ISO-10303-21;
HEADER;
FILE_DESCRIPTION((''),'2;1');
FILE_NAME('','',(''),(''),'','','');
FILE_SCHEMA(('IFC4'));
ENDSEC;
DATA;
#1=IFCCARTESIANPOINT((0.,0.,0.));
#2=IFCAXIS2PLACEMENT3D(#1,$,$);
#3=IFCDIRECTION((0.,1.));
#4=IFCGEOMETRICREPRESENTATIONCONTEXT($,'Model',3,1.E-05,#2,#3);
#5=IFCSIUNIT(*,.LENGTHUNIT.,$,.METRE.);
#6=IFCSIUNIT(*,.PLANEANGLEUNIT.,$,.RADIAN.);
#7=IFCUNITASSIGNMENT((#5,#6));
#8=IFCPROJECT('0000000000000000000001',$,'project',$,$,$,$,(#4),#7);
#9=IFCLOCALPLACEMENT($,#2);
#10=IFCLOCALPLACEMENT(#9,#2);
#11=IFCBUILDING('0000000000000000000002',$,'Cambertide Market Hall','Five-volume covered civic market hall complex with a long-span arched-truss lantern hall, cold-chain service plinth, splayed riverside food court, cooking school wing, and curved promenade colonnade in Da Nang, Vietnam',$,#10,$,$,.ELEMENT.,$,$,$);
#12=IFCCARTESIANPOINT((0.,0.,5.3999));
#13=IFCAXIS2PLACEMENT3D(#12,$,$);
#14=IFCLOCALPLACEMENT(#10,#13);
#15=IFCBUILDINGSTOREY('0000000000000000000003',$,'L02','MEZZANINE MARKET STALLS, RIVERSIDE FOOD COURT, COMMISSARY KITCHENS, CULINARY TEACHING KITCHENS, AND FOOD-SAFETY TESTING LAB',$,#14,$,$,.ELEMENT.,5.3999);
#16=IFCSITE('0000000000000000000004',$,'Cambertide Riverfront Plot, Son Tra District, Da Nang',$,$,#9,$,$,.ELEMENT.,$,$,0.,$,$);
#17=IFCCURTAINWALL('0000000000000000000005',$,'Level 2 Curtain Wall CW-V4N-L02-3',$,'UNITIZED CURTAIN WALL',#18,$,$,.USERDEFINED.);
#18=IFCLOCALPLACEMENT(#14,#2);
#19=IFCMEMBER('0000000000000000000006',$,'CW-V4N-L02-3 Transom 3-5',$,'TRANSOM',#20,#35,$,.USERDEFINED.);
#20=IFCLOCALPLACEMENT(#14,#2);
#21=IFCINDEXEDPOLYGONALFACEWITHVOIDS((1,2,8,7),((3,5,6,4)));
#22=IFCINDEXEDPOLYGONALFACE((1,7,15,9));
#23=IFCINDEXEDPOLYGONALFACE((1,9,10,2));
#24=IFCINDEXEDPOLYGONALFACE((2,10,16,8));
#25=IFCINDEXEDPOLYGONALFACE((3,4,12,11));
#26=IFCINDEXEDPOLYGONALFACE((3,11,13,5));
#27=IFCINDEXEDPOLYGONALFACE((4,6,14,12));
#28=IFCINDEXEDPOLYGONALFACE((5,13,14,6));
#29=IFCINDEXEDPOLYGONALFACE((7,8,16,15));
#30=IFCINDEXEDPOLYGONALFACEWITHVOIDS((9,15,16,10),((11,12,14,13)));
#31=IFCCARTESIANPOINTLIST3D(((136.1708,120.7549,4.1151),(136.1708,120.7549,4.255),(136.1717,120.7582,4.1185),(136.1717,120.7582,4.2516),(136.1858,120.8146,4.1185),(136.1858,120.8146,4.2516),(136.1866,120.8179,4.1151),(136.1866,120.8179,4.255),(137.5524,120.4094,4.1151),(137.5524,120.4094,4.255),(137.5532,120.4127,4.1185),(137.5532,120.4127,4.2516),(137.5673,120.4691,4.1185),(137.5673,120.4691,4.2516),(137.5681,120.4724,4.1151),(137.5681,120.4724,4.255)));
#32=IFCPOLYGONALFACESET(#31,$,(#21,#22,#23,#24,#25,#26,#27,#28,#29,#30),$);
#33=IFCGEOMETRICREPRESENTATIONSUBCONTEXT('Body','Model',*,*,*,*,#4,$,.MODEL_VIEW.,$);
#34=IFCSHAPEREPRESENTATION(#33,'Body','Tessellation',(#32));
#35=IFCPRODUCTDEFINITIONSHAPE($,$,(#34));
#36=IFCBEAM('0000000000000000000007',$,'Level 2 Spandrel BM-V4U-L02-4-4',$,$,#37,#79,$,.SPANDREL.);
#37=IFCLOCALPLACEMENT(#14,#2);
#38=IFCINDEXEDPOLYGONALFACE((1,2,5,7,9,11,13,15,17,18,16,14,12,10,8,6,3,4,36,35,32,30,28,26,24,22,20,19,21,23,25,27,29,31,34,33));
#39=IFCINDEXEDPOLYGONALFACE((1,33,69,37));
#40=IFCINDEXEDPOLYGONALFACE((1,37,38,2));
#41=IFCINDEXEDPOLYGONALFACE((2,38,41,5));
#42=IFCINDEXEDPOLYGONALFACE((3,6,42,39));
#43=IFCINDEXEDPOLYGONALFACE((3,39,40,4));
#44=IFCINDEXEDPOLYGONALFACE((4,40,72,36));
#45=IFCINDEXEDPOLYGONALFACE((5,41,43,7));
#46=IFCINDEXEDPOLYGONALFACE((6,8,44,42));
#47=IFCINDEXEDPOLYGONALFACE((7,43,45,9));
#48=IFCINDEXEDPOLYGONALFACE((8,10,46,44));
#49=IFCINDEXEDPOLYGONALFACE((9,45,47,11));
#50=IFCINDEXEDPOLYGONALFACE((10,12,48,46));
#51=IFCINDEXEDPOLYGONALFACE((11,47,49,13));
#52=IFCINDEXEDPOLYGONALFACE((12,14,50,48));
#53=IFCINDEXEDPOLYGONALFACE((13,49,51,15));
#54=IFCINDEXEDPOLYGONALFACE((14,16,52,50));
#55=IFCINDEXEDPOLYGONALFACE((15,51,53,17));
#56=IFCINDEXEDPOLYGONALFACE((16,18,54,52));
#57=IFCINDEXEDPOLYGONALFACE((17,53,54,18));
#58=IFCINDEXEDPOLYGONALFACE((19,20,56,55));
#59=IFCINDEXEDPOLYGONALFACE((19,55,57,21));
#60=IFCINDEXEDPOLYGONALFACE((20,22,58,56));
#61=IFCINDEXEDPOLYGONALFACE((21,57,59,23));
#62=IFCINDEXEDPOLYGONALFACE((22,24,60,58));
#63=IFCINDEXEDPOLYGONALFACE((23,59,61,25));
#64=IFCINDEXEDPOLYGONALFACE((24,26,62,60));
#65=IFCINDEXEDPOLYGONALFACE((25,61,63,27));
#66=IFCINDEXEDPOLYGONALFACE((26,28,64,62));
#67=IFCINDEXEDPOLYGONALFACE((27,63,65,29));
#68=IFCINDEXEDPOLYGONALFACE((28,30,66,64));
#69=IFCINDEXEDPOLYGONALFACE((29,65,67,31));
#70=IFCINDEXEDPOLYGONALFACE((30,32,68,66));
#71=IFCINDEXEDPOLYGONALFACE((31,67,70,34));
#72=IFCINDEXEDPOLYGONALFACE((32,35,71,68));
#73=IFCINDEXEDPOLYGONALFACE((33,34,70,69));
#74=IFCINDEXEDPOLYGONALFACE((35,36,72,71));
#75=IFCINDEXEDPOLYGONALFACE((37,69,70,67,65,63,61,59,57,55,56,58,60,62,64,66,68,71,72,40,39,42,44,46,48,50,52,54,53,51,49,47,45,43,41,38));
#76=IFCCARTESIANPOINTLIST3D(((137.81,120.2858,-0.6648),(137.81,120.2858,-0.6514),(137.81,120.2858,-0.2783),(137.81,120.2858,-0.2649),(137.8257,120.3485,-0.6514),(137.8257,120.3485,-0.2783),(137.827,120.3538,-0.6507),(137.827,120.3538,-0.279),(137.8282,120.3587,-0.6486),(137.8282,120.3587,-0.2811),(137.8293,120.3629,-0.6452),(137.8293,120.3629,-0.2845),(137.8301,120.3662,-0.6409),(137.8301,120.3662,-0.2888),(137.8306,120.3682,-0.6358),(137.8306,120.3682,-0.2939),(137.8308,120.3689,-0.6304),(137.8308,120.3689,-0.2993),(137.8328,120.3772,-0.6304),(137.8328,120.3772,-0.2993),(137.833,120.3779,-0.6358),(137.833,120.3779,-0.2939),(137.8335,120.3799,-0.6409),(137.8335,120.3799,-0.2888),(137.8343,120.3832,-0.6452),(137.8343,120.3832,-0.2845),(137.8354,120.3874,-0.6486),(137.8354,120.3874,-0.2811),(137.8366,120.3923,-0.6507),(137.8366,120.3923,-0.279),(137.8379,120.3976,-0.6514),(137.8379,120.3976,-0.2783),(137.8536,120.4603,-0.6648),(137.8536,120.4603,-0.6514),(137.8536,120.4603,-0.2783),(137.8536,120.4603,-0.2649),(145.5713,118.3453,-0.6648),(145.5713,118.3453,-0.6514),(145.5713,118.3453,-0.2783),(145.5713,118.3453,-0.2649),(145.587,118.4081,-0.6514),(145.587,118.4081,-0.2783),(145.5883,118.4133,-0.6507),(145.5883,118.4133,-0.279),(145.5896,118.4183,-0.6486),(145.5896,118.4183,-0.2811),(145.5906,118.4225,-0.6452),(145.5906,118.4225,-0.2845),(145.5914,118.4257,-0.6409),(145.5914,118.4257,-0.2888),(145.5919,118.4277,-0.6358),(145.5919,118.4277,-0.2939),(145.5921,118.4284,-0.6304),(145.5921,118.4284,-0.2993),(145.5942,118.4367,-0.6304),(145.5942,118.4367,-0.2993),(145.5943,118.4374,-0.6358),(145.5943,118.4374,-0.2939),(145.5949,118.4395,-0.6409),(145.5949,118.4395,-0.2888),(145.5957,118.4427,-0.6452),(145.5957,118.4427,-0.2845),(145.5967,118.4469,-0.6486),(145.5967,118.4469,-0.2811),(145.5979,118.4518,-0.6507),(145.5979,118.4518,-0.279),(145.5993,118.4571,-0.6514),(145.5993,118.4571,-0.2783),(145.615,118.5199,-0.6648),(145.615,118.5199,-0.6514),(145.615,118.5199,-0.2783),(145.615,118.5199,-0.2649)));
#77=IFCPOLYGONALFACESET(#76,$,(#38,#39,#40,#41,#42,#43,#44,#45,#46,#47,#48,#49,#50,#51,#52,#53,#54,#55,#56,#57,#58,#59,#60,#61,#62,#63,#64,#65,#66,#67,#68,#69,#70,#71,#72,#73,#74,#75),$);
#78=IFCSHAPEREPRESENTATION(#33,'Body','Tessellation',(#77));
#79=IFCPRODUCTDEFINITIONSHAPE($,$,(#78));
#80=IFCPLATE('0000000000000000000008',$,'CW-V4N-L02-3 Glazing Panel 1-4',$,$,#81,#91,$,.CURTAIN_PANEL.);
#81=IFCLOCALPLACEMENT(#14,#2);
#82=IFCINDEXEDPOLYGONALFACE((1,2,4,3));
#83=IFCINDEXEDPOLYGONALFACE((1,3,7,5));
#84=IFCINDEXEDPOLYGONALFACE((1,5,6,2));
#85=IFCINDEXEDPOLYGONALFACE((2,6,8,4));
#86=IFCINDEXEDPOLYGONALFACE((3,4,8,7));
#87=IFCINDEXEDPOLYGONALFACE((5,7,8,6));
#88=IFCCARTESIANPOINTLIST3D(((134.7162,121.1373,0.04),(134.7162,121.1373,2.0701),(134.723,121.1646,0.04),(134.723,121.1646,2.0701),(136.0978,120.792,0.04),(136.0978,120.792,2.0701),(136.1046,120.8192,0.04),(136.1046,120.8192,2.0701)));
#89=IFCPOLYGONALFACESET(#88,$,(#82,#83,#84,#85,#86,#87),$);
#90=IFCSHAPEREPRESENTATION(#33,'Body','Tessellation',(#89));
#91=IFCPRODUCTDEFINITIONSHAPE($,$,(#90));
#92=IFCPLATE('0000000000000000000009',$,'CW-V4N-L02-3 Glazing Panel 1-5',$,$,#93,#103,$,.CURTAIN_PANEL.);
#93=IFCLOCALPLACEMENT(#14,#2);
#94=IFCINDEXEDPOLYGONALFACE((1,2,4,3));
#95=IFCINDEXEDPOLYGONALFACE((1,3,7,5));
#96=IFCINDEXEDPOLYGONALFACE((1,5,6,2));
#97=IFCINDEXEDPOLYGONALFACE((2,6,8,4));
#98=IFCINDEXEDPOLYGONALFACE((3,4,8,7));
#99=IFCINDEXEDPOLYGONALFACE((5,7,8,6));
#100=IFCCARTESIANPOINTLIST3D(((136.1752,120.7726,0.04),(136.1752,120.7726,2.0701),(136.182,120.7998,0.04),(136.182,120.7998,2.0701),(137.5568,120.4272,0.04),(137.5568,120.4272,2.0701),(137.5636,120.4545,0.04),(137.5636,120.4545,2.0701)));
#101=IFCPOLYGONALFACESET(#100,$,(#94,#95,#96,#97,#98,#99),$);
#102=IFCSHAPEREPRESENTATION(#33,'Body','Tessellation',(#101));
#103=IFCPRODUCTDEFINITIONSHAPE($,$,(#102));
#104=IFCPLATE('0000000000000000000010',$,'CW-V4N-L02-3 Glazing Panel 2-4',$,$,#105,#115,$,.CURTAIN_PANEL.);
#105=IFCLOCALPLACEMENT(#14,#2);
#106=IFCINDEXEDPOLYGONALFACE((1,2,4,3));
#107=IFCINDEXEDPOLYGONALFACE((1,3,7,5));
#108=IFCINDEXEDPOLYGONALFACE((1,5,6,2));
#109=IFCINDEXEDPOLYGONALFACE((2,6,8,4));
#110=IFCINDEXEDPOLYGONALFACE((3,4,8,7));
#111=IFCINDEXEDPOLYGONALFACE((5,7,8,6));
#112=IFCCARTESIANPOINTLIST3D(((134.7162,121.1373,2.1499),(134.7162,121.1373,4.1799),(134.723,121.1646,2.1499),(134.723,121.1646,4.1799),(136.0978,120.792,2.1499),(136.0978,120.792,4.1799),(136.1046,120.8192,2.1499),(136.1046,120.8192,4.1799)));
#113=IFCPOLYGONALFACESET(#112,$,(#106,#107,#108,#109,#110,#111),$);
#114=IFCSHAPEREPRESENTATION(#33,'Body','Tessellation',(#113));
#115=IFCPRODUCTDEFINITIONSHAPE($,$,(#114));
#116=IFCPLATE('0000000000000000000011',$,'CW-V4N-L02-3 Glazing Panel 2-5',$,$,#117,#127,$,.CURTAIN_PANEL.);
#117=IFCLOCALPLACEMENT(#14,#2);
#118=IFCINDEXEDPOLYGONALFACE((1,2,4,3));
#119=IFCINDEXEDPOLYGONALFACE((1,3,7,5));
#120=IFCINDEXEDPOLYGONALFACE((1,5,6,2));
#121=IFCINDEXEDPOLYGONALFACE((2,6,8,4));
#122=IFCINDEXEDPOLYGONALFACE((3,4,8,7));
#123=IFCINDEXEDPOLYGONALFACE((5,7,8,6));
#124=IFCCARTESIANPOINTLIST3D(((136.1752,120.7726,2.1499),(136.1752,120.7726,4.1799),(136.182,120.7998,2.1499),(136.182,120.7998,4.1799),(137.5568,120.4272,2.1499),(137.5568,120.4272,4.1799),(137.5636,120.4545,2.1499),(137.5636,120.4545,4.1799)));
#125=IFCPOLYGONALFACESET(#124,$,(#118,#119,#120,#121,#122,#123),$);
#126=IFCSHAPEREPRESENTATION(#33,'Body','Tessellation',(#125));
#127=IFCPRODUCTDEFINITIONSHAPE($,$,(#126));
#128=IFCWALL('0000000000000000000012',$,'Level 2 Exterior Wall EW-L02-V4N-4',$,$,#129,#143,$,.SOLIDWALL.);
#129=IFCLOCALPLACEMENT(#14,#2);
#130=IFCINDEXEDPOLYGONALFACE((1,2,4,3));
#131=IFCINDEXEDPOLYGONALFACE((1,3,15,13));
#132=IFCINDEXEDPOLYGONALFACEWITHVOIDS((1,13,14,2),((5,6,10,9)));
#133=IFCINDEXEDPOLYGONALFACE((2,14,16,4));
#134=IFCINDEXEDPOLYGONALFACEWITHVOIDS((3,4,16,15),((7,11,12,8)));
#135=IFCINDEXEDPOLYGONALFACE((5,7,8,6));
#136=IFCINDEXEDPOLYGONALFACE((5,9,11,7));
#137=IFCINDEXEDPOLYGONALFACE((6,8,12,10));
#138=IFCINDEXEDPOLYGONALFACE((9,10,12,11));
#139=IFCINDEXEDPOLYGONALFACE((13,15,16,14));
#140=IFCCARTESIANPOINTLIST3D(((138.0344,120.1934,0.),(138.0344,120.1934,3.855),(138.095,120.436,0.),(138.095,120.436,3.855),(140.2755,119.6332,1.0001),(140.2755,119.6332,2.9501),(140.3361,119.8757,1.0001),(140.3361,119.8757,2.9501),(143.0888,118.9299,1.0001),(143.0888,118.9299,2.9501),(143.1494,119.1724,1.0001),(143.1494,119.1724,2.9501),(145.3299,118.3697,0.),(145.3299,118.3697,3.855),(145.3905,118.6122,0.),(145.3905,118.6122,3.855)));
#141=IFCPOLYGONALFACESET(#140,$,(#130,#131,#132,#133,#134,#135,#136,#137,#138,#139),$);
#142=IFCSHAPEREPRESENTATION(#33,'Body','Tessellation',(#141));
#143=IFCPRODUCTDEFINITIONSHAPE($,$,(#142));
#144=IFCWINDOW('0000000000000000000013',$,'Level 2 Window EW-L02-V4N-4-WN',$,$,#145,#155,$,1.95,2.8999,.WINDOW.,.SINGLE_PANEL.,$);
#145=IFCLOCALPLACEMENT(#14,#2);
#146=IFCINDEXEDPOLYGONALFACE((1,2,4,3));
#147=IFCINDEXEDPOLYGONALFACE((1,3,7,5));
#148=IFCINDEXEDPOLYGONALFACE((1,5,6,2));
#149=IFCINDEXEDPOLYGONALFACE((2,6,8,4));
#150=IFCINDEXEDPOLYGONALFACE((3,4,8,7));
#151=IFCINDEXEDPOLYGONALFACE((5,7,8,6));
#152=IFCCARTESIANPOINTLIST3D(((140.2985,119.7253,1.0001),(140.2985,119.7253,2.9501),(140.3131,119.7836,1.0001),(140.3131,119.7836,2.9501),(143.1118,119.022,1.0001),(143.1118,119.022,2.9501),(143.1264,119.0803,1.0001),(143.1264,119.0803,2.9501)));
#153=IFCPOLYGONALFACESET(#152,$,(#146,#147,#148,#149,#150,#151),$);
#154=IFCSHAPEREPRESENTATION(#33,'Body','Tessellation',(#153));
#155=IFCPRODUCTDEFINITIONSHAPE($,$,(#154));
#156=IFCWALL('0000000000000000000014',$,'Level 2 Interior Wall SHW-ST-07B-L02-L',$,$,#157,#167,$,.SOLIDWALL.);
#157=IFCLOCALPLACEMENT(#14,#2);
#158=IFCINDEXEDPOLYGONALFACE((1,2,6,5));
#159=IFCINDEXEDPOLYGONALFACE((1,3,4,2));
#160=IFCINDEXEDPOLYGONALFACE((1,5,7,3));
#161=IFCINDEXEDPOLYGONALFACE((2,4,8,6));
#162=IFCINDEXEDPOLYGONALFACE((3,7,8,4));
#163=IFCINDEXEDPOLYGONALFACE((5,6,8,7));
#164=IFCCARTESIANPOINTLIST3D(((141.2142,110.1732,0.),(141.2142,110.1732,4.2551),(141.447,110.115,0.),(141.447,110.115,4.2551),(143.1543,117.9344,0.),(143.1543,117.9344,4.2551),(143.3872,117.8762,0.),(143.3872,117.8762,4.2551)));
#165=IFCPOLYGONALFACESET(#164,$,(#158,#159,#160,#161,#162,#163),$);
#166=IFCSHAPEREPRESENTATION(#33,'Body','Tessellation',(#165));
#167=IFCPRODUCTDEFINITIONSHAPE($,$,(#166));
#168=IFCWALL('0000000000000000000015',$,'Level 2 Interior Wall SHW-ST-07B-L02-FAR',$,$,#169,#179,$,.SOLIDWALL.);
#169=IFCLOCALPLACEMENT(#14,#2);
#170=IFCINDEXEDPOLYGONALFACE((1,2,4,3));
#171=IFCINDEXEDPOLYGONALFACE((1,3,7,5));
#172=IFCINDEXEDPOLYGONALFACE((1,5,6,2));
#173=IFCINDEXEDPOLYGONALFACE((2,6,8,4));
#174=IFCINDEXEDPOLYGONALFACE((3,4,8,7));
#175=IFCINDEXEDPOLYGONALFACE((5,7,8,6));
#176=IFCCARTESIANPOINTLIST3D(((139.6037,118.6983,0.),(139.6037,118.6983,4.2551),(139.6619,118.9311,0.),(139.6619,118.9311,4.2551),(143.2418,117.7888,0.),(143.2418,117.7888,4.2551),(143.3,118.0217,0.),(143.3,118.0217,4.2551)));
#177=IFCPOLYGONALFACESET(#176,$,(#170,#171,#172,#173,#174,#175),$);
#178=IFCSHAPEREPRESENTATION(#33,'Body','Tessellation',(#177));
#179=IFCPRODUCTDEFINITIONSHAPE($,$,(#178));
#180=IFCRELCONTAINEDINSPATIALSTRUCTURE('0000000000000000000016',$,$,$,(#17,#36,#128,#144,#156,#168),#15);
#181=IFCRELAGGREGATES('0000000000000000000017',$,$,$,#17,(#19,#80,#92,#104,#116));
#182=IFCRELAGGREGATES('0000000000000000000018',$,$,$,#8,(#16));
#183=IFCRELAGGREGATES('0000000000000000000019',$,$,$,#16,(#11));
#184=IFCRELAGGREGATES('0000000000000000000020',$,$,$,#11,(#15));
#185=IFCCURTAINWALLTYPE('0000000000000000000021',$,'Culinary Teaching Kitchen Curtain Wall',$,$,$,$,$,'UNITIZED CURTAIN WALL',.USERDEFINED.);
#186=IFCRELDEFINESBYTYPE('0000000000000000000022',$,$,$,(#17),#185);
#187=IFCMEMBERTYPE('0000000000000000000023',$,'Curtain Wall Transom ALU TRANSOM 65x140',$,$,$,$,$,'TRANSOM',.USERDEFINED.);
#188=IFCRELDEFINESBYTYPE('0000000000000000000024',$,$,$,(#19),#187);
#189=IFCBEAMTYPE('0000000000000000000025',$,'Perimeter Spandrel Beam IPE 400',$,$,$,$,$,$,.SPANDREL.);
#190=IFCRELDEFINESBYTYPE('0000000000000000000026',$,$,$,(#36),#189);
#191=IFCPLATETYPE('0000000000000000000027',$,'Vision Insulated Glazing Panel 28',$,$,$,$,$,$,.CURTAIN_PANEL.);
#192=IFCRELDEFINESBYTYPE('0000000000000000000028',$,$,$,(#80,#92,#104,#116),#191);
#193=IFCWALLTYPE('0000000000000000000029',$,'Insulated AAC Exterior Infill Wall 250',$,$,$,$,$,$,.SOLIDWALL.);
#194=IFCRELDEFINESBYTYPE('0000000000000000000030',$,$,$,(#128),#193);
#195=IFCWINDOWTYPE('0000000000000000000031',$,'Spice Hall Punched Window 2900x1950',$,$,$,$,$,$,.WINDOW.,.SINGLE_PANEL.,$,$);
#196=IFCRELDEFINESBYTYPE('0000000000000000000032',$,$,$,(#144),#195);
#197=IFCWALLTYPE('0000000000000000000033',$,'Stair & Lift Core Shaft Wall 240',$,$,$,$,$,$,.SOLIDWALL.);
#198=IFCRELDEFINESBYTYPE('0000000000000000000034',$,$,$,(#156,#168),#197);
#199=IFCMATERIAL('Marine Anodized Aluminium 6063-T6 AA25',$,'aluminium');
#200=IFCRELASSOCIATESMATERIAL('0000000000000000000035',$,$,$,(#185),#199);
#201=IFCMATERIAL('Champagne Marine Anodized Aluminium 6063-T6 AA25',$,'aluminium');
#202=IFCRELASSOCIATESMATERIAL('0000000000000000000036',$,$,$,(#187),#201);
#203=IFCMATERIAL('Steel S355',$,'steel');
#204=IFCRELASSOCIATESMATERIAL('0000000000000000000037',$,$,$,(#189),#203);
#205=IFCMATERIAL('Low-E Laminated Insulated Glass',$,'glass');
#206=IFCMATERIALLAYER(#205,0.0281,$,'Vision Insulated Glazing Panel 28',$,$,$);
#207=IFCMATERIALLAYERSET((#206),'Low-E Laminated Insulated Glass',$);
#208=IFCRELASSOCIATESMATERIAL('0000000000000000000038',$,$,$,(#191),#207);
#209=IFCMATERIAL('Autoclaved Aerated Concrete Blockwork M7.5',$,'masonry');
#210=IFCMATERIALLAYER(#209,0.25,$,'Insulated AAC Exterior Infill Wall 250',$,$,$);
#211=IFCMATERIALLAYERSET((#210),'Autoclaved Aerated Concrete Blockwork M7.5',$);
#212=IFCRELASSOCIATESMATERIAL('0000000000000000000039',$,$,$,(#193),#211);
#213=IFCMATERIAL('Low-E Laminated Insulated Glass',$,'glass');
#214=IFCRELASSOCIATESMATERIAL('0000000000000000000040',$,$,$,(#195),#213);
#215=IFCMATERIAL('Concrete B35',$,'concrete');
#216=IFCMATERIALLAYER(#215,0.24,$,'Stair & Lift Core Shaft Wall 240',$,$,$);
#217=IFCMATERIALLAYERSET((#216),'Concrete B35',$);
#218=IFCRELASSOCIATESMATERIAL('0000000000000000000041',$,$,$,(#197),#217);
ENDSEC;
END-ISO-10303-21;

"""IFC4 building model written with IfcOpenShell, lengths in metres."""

from ifc_helpers import new_model, si_unit, direction, frame, frame_2d, origin, origin_2d, place, context, subcontext, project, spatial, rectangle, hollow_rectangle, i_section, extrude, material, layer, layer_set, material_profile, profile_set, type_object, element, fill, aggregate, save


model = new_model("IFC4")

# Units and contexts
model_context = context("Model", 3, precision=1e-05, world=origin(), true_north=direction((0.0, 1.0)))
body_context = subcontext(model_context, "Body", "Model", "MODEL_VIEW")
ifc_project = project(units=[si_unit("LENGTHUNIT", "METRE"), si_unit("PLANEANGLEUNIT", "RADIAN")], contexts=[model_context])

# Site, building, storey
site_placement = place(None, origin())
site = spatial("IfcSite", under=ifc_project, at=site_placement, Name="Cambertide Riverfront Plot, Son Tra District, Da Nang", CompositionType="ELEMENT", RefElevation=0.0)
building_placement = place(site_placement, origin())
building = spatial("IfcBuilding", under=site, at=building_placement, Name="Cambertide Market Hall", Description="Five-volume covered civic market hall complex with a long-span arched-truss lantern hall, cold-chain service plinth, splayed riverside food court, cooking school wing, and curved promenade colonnade in Da Nang, Vietnam", CompositionType="ELEMENT")
storey_placement = place(building_placement, frame((0.0, 0.0, 5.3999)))
storey = spatial("IfcBuildingStorey", under=building, at=storey_placement, Name="L02", Description="MEZZANINE MARKET STALLS, RIVERSIDE FOOD COURT, COMMISSARY KITCHENS, CULINARY TEACHING KITCHENS, AND FOOD-SAFETY TESTING LAB", CompositionType="ELEMENT", Elevation=5.3999)

# Curtain wall, member
ifc_material_1 = material(Name="Marine Anodized Aluminium 6063-T6 AA25", Category="aluminium")
curtain_wall_type = type_object("IfcCurtainWallType", Name="Culinary Teaching Kitchen Curtain Wall", ElementType="UNITIZED CURTAIN WALL", PredefinedType="USERDEFINED", material=ifc_material_1)
curtain_wall_placement = place(storey_placement, origin())
curtain_wall = element("IfcCurtainWall", 1, at=curtain_wall_placement, inside=storey, type_object=curtain_wall_type, Name="Level 2 Curtain Wall CW-V4N-L02-3", ObjectType="UNITIZED CURTAIN WALL", PredefinedType="USERDEFINED")
ifc_material_2 = material(Name="Champagne Marine Anodized Aluminium 6063-T6 AA25", Category="aluminium")
ifc_material_profile_1 = material_profile(ifc_material_2, hollow_rectangle(XDim=0.0649, YDim=0.1399, WallThickness=0.0034, at=origin_2d()), Name="ALU TRANSOM 65x140")
ifc_profile_set_1 = profile_set([ifc_material_profile_1], Name="Champagne Marine Anodized Aluminium 6063-T6 AA25")
member_type_1 = type_object("IfcMemberType", Name="Curtain Wall Transom ALU TRANSOM 65x140", ElementType="TRANSOM", PredefinedType="USERDEFINED", material=ifc_profile_set_1)
member_1_placement = place(storey_placement, frame((136.1787, 120.7864, 4.1851), z_axis=(0.970132, -0.242576, 0.0), x_axis=(0.242576, 0.970132, 0.0)))
member_1 = element("IfcMember", 2, at=member_1_placement, type_object=member_type_1, Name="CW-V4N-L02-3 Transom 3-5", ObjectType="TRANSOM", PredefinedType="USERDEFINED", context=body_context, shape_type="SweptSolid", body=[
    extrude(hollow_rectangle(XDim=0.0649, YDim=0.1399, WallThickness=0.0034, at=origin_2d()), origin(), (0.0, 0.0, 1.0), 1.4241),
])

# Beam
ifc_material_3 = material(Name="Steel S355", Category="steel")
ifc_material_profile_2 = material_profile(ifc_material_3, i_section(OverallWidth=0.1799, OverallDepth=0.3999, WebThickness=0.0085, FlangeThickness=0.0134, FilletRadius=0.021, at=origin_2d()), Name="IPE 400")
ifc_profile_set_2 = profile_set([ifc_material_profile_2], Name="Steel S355")
beam_type = type_object("IfcBeamType", Name="Perimeter Spandrel Beam IPE 400", PredefinedType="SPANDREL", material=ifc_profile_set_2)
beam_placement = place(storey_placement, frame((137.8318, 120.373, -0.4648), z_axis=(0.970139, -0.24255, 0.0), x_axis=(0.24255, 0.970139, 0.0)))
element("IfcBeam", 3, at=beam_placement, inside=storey, type_object=beam_type, Name="Level 2 Spandrel BM-V4U-L02-4-4", PredefinedType="SPANDREL", context=body_context, shape_type="SweptSolid", body=[
    extrude(i_section(OverallWidth=0.1799, OverallDepth=0.3999, WebThickness=0.0085, FlangeThickness=0.0134, FilletRadius=0.021, at=origin_2d()), origin(), (0.0, 0.0, 1.0), 8.0002),
])

# Plates
ifc_material_4 = material(Name="Low-E Laminated Insulated Glass", Category="glass")
ifc_layer_1 = layer(ifc_material_4, 0.0281, Name="Vision Insulated Glazing Panel 28")
ifc_layer_set_1 = layer_set([ifc_layer_1], Name="Low-E Laminated Insulated Glass")
plate_type = type_object("IfcPlateType", Name="Vision Insulated Glazing Panel 28", PredefinedType="CURTAIN_PANEL", material=ifc_layer_set_1)
plate_1_placement = place(storey_placement, frame((135.4104, 120.9783, 0.04), z_axis=(0.0, 0.0, 1.0), x_axis=(0.970143, -0.242536, 0.0)))
plate_1 = element("IfcPlate", 4, at=plate_1_placement, type_object=plate_type, Name="CW-V4N-L02-3 Glazing Panel 1-4", PredefinedType="CURTAIN_PANEL", context=body_context, shape_type="SweptSolid", body=[
    extrude(rectangle(XDim=1.4241, YDim=0.0281, at=origin_2d()), origin(), (0.0, 0.0, 1.0), 2.03),
])
plate_2_placement = place(storey_placement, frame((136.8694, 120.6135, 0.04), z_axis=(0.0, 0.0, 1.0), x_axis=(0.970143, -0.242536, 0.0)))
plate_2 = element("IfcPlate", 5, at=plate_2_placement, type_object=plate_type, Name="CW-V4N-L02-3 Glazing Panel 1-5", PredefinedType="CURTAIN_PANEL", context=body_context, shape_type="SweptSolid", body=[
    extrude(rectangle(XDim=1.4241, YDim=0.0281, at=origin_2d()), origin(), (0.0, 0.0, 1.0), 2.03),
])
plate_3_placement = place(storey_placement, frame((135.4104, 120.9783, 2.1499), z_axis=(0.0, 0.0, 1.0), x_axis=(0.970143, -0.242536, 0.0)))
plate_3 = element("IfcPlate", 6, at=plate_3_placement, type_object=plate_type, Name="CW-V4N-L02-3 Glazing Panel 2-4", PredefinedType="CURTAIN_PANEL", context=body_context, shape_type="SweptSolid", body=[
    extrude(rectangle(XDim=1.4241, YDim=0.0281, at=origin_2d()), origin(), (0.0, 0.0, 1.0), 2.03),
])
plate_4_placement = place(storey_placement, frame((136.8694, 120.6135, 2.1499), z_axis=(0.0, 0.0, 1.0), x_axis=(0.970143, -0.242536, 0.0)))
plate_4 = element("IfcPlate", 7, at=plate_4_placement, type_object=plate_type, Name="CW-V4N-L02-3 Glazing Panel 2-5", PredefinedType="CURTAIN_PANEL", context=body_context, shape_type="SweptSolid", body=[
    extrude(rectangle(XDim=1.4241, YDim=0.0281, at=origin_2d()), origin(), (0.0, 0.0, 1.0), 2.03),
])
aggregate(curtain_wall, [member_1, plate_1, plate_2, plate_3, plate_4])

# Wall, opening, window
ifc_material_5 = material(Name="Autoclaved Aerated Concrete Blockwork M7.5", Category="masonry")
ifc_layer_2 = layer(ifc_material_5, 0.25, Name="Insulated AAC Exterior Infill Wall 250")
ifc_layer_set_2 = layer_set([ifc_layer_2], Name="Autoclaved Aerated Concrete Blockwork M7.5")
wall_type_1 = type_object("IfcWallType", Name="Insulated AAC Exterior Infill Wall 250", PredefinedType="SOLIDWALL", material=ifc_layer_set_2)
wall_1_placement = place(storey_placement, frame((138.0647, 120.3147, 0.0), z_axis=(0.0, 0.0, 1.0), x_axis=(0.970146, -0.24252, 0.0)))
wall_1 = element("IfcWall", 8, at=wall_1_placement, inside=storey, type_object=wall_type_1, Name="Level 2 Exterior Wall EW-L02-V4N-4", PredefinedType="SOLIDWALL", context=body_context, shape_type="SweptSolid", body=[
    extrude(rectangle(XDim=7.52, YDim=0.25, at=frame_2d((3.76, 0.0))), origin(), (0.0, 0.0, 1.0), 3.855),
])
opening_placement = place(wall_1_placement, frame((2.3101, 0.0, 1.0)))
opening = element("IfcOpeningElement", 9, at=opening_placement, cuts=wall_1, PredefinedType="OPENING", context=body_context, shape_type="SweptSolid", body=[
    extrude(rectangle(XDim=2.8999, YDim=1.95, at=frame_2d((1.45, 0.9751))), frame((0.0, 0.135, 0.0), z_axis=(0.0, -1.0, 0.0), x_axis=(1.0, 0.0, 0.0)), (0.0, 0.0, 1.0), 0.27),
])
ifc_material_6 = material(Name="Low-E Laminated Insulated Glass", Category="glass")
window_type = type_object("IfcWindowType", Name="Spice Hall Punched Window 2900x1950", PartitioningType="SINGLE_PANEL", PredefinedType="WINDOW", material=ifc_material_6)
window_placement = place(opening_placement, origin())
window = element("IfcWindow", 10, at=window_placement, inside=storey, type_object=window_type, Name="Level 2 Window EW-L02-V4N-4-WN", OverallHeight=1.95, OverallWidth=2.8999, PartitioningType="SINGLE_PANEL", PredefinedType="WINDOW", context=body_context, shape_type="SweptSolid", body=[
    extrude(rectangle(XDim=2.8999, YDim=1.95, at=frame_2d((1.45, 0.9751))), frame((0.0, 0.03, 0.0), z_axis=(0.0, -1.0, 0.0), x_axis=(1.0, 0.0, 0.0)), (0.0, 0.0, 1.0), 0.0601),
])
fill(opening, window)

# Walls
ifc_material_7 = material(Name="Concrete B35", Category="concrete")
ifc_layer_3 = layer(ifc_material_7, 0.24, Name="Stair & Lift Core Shaft Wall 240")
ifc_layer_set_3 = layer_set([ifc_layer_3], Name="Concrete B35")
wall_type_2 = type_object("IfcWallType", Name="Stair & Lift Core Shaft Wall 240", PredefinedType="SOLIDWALL", material=ifc_layer_set_3)
wall_2_placement = place(storey_placement, frame((143.2708, 117.9053, 0.0), z_axis=(0.0, 0.0, 1.0), x_axis=(-0.242521, -0.970146, 0.0)))
element("IfcWall", 11, at=wall_2_placement, inside=storey, type_object=wall_type_2, Name="Level 2 Interior Wall SHW-ST-07B-L02-L", PredefinedType="SOLIDWALL", context=body_context, shape_type="SweptSolid", body=[
    extrude(rectangle(XDim=8.0, YDim=0.24, at=frame_2d((4.0, 0.0))), origin(), (0.0, 0.0, 1.0), 4.2551),
])
wall_3_placement = place(storey_placement, frame((139.6328, 118.8147, 0.0), z_axis=(0.0, 0.0, 1.0), x_axis=(0.970146, -0.24252, 0.0)))
element("IfcWall", 12, at=wall_3_placement, inside=storey, type_object=wall_type_2, Name="Level 2 Interior Wall SHW-ST-07B-L02-FAR", PredefinedType="SOLIDWALL", context=body_context, shape_type="SweptSolid", body=[
    extrude(rectangle(XDim=3.75, YDim=0.24, at=frame_2d((1.875, 0.0))), origin(), (0.0, 0.0, 1.0), 4.2551),
])

save(model, "model.ifc")
